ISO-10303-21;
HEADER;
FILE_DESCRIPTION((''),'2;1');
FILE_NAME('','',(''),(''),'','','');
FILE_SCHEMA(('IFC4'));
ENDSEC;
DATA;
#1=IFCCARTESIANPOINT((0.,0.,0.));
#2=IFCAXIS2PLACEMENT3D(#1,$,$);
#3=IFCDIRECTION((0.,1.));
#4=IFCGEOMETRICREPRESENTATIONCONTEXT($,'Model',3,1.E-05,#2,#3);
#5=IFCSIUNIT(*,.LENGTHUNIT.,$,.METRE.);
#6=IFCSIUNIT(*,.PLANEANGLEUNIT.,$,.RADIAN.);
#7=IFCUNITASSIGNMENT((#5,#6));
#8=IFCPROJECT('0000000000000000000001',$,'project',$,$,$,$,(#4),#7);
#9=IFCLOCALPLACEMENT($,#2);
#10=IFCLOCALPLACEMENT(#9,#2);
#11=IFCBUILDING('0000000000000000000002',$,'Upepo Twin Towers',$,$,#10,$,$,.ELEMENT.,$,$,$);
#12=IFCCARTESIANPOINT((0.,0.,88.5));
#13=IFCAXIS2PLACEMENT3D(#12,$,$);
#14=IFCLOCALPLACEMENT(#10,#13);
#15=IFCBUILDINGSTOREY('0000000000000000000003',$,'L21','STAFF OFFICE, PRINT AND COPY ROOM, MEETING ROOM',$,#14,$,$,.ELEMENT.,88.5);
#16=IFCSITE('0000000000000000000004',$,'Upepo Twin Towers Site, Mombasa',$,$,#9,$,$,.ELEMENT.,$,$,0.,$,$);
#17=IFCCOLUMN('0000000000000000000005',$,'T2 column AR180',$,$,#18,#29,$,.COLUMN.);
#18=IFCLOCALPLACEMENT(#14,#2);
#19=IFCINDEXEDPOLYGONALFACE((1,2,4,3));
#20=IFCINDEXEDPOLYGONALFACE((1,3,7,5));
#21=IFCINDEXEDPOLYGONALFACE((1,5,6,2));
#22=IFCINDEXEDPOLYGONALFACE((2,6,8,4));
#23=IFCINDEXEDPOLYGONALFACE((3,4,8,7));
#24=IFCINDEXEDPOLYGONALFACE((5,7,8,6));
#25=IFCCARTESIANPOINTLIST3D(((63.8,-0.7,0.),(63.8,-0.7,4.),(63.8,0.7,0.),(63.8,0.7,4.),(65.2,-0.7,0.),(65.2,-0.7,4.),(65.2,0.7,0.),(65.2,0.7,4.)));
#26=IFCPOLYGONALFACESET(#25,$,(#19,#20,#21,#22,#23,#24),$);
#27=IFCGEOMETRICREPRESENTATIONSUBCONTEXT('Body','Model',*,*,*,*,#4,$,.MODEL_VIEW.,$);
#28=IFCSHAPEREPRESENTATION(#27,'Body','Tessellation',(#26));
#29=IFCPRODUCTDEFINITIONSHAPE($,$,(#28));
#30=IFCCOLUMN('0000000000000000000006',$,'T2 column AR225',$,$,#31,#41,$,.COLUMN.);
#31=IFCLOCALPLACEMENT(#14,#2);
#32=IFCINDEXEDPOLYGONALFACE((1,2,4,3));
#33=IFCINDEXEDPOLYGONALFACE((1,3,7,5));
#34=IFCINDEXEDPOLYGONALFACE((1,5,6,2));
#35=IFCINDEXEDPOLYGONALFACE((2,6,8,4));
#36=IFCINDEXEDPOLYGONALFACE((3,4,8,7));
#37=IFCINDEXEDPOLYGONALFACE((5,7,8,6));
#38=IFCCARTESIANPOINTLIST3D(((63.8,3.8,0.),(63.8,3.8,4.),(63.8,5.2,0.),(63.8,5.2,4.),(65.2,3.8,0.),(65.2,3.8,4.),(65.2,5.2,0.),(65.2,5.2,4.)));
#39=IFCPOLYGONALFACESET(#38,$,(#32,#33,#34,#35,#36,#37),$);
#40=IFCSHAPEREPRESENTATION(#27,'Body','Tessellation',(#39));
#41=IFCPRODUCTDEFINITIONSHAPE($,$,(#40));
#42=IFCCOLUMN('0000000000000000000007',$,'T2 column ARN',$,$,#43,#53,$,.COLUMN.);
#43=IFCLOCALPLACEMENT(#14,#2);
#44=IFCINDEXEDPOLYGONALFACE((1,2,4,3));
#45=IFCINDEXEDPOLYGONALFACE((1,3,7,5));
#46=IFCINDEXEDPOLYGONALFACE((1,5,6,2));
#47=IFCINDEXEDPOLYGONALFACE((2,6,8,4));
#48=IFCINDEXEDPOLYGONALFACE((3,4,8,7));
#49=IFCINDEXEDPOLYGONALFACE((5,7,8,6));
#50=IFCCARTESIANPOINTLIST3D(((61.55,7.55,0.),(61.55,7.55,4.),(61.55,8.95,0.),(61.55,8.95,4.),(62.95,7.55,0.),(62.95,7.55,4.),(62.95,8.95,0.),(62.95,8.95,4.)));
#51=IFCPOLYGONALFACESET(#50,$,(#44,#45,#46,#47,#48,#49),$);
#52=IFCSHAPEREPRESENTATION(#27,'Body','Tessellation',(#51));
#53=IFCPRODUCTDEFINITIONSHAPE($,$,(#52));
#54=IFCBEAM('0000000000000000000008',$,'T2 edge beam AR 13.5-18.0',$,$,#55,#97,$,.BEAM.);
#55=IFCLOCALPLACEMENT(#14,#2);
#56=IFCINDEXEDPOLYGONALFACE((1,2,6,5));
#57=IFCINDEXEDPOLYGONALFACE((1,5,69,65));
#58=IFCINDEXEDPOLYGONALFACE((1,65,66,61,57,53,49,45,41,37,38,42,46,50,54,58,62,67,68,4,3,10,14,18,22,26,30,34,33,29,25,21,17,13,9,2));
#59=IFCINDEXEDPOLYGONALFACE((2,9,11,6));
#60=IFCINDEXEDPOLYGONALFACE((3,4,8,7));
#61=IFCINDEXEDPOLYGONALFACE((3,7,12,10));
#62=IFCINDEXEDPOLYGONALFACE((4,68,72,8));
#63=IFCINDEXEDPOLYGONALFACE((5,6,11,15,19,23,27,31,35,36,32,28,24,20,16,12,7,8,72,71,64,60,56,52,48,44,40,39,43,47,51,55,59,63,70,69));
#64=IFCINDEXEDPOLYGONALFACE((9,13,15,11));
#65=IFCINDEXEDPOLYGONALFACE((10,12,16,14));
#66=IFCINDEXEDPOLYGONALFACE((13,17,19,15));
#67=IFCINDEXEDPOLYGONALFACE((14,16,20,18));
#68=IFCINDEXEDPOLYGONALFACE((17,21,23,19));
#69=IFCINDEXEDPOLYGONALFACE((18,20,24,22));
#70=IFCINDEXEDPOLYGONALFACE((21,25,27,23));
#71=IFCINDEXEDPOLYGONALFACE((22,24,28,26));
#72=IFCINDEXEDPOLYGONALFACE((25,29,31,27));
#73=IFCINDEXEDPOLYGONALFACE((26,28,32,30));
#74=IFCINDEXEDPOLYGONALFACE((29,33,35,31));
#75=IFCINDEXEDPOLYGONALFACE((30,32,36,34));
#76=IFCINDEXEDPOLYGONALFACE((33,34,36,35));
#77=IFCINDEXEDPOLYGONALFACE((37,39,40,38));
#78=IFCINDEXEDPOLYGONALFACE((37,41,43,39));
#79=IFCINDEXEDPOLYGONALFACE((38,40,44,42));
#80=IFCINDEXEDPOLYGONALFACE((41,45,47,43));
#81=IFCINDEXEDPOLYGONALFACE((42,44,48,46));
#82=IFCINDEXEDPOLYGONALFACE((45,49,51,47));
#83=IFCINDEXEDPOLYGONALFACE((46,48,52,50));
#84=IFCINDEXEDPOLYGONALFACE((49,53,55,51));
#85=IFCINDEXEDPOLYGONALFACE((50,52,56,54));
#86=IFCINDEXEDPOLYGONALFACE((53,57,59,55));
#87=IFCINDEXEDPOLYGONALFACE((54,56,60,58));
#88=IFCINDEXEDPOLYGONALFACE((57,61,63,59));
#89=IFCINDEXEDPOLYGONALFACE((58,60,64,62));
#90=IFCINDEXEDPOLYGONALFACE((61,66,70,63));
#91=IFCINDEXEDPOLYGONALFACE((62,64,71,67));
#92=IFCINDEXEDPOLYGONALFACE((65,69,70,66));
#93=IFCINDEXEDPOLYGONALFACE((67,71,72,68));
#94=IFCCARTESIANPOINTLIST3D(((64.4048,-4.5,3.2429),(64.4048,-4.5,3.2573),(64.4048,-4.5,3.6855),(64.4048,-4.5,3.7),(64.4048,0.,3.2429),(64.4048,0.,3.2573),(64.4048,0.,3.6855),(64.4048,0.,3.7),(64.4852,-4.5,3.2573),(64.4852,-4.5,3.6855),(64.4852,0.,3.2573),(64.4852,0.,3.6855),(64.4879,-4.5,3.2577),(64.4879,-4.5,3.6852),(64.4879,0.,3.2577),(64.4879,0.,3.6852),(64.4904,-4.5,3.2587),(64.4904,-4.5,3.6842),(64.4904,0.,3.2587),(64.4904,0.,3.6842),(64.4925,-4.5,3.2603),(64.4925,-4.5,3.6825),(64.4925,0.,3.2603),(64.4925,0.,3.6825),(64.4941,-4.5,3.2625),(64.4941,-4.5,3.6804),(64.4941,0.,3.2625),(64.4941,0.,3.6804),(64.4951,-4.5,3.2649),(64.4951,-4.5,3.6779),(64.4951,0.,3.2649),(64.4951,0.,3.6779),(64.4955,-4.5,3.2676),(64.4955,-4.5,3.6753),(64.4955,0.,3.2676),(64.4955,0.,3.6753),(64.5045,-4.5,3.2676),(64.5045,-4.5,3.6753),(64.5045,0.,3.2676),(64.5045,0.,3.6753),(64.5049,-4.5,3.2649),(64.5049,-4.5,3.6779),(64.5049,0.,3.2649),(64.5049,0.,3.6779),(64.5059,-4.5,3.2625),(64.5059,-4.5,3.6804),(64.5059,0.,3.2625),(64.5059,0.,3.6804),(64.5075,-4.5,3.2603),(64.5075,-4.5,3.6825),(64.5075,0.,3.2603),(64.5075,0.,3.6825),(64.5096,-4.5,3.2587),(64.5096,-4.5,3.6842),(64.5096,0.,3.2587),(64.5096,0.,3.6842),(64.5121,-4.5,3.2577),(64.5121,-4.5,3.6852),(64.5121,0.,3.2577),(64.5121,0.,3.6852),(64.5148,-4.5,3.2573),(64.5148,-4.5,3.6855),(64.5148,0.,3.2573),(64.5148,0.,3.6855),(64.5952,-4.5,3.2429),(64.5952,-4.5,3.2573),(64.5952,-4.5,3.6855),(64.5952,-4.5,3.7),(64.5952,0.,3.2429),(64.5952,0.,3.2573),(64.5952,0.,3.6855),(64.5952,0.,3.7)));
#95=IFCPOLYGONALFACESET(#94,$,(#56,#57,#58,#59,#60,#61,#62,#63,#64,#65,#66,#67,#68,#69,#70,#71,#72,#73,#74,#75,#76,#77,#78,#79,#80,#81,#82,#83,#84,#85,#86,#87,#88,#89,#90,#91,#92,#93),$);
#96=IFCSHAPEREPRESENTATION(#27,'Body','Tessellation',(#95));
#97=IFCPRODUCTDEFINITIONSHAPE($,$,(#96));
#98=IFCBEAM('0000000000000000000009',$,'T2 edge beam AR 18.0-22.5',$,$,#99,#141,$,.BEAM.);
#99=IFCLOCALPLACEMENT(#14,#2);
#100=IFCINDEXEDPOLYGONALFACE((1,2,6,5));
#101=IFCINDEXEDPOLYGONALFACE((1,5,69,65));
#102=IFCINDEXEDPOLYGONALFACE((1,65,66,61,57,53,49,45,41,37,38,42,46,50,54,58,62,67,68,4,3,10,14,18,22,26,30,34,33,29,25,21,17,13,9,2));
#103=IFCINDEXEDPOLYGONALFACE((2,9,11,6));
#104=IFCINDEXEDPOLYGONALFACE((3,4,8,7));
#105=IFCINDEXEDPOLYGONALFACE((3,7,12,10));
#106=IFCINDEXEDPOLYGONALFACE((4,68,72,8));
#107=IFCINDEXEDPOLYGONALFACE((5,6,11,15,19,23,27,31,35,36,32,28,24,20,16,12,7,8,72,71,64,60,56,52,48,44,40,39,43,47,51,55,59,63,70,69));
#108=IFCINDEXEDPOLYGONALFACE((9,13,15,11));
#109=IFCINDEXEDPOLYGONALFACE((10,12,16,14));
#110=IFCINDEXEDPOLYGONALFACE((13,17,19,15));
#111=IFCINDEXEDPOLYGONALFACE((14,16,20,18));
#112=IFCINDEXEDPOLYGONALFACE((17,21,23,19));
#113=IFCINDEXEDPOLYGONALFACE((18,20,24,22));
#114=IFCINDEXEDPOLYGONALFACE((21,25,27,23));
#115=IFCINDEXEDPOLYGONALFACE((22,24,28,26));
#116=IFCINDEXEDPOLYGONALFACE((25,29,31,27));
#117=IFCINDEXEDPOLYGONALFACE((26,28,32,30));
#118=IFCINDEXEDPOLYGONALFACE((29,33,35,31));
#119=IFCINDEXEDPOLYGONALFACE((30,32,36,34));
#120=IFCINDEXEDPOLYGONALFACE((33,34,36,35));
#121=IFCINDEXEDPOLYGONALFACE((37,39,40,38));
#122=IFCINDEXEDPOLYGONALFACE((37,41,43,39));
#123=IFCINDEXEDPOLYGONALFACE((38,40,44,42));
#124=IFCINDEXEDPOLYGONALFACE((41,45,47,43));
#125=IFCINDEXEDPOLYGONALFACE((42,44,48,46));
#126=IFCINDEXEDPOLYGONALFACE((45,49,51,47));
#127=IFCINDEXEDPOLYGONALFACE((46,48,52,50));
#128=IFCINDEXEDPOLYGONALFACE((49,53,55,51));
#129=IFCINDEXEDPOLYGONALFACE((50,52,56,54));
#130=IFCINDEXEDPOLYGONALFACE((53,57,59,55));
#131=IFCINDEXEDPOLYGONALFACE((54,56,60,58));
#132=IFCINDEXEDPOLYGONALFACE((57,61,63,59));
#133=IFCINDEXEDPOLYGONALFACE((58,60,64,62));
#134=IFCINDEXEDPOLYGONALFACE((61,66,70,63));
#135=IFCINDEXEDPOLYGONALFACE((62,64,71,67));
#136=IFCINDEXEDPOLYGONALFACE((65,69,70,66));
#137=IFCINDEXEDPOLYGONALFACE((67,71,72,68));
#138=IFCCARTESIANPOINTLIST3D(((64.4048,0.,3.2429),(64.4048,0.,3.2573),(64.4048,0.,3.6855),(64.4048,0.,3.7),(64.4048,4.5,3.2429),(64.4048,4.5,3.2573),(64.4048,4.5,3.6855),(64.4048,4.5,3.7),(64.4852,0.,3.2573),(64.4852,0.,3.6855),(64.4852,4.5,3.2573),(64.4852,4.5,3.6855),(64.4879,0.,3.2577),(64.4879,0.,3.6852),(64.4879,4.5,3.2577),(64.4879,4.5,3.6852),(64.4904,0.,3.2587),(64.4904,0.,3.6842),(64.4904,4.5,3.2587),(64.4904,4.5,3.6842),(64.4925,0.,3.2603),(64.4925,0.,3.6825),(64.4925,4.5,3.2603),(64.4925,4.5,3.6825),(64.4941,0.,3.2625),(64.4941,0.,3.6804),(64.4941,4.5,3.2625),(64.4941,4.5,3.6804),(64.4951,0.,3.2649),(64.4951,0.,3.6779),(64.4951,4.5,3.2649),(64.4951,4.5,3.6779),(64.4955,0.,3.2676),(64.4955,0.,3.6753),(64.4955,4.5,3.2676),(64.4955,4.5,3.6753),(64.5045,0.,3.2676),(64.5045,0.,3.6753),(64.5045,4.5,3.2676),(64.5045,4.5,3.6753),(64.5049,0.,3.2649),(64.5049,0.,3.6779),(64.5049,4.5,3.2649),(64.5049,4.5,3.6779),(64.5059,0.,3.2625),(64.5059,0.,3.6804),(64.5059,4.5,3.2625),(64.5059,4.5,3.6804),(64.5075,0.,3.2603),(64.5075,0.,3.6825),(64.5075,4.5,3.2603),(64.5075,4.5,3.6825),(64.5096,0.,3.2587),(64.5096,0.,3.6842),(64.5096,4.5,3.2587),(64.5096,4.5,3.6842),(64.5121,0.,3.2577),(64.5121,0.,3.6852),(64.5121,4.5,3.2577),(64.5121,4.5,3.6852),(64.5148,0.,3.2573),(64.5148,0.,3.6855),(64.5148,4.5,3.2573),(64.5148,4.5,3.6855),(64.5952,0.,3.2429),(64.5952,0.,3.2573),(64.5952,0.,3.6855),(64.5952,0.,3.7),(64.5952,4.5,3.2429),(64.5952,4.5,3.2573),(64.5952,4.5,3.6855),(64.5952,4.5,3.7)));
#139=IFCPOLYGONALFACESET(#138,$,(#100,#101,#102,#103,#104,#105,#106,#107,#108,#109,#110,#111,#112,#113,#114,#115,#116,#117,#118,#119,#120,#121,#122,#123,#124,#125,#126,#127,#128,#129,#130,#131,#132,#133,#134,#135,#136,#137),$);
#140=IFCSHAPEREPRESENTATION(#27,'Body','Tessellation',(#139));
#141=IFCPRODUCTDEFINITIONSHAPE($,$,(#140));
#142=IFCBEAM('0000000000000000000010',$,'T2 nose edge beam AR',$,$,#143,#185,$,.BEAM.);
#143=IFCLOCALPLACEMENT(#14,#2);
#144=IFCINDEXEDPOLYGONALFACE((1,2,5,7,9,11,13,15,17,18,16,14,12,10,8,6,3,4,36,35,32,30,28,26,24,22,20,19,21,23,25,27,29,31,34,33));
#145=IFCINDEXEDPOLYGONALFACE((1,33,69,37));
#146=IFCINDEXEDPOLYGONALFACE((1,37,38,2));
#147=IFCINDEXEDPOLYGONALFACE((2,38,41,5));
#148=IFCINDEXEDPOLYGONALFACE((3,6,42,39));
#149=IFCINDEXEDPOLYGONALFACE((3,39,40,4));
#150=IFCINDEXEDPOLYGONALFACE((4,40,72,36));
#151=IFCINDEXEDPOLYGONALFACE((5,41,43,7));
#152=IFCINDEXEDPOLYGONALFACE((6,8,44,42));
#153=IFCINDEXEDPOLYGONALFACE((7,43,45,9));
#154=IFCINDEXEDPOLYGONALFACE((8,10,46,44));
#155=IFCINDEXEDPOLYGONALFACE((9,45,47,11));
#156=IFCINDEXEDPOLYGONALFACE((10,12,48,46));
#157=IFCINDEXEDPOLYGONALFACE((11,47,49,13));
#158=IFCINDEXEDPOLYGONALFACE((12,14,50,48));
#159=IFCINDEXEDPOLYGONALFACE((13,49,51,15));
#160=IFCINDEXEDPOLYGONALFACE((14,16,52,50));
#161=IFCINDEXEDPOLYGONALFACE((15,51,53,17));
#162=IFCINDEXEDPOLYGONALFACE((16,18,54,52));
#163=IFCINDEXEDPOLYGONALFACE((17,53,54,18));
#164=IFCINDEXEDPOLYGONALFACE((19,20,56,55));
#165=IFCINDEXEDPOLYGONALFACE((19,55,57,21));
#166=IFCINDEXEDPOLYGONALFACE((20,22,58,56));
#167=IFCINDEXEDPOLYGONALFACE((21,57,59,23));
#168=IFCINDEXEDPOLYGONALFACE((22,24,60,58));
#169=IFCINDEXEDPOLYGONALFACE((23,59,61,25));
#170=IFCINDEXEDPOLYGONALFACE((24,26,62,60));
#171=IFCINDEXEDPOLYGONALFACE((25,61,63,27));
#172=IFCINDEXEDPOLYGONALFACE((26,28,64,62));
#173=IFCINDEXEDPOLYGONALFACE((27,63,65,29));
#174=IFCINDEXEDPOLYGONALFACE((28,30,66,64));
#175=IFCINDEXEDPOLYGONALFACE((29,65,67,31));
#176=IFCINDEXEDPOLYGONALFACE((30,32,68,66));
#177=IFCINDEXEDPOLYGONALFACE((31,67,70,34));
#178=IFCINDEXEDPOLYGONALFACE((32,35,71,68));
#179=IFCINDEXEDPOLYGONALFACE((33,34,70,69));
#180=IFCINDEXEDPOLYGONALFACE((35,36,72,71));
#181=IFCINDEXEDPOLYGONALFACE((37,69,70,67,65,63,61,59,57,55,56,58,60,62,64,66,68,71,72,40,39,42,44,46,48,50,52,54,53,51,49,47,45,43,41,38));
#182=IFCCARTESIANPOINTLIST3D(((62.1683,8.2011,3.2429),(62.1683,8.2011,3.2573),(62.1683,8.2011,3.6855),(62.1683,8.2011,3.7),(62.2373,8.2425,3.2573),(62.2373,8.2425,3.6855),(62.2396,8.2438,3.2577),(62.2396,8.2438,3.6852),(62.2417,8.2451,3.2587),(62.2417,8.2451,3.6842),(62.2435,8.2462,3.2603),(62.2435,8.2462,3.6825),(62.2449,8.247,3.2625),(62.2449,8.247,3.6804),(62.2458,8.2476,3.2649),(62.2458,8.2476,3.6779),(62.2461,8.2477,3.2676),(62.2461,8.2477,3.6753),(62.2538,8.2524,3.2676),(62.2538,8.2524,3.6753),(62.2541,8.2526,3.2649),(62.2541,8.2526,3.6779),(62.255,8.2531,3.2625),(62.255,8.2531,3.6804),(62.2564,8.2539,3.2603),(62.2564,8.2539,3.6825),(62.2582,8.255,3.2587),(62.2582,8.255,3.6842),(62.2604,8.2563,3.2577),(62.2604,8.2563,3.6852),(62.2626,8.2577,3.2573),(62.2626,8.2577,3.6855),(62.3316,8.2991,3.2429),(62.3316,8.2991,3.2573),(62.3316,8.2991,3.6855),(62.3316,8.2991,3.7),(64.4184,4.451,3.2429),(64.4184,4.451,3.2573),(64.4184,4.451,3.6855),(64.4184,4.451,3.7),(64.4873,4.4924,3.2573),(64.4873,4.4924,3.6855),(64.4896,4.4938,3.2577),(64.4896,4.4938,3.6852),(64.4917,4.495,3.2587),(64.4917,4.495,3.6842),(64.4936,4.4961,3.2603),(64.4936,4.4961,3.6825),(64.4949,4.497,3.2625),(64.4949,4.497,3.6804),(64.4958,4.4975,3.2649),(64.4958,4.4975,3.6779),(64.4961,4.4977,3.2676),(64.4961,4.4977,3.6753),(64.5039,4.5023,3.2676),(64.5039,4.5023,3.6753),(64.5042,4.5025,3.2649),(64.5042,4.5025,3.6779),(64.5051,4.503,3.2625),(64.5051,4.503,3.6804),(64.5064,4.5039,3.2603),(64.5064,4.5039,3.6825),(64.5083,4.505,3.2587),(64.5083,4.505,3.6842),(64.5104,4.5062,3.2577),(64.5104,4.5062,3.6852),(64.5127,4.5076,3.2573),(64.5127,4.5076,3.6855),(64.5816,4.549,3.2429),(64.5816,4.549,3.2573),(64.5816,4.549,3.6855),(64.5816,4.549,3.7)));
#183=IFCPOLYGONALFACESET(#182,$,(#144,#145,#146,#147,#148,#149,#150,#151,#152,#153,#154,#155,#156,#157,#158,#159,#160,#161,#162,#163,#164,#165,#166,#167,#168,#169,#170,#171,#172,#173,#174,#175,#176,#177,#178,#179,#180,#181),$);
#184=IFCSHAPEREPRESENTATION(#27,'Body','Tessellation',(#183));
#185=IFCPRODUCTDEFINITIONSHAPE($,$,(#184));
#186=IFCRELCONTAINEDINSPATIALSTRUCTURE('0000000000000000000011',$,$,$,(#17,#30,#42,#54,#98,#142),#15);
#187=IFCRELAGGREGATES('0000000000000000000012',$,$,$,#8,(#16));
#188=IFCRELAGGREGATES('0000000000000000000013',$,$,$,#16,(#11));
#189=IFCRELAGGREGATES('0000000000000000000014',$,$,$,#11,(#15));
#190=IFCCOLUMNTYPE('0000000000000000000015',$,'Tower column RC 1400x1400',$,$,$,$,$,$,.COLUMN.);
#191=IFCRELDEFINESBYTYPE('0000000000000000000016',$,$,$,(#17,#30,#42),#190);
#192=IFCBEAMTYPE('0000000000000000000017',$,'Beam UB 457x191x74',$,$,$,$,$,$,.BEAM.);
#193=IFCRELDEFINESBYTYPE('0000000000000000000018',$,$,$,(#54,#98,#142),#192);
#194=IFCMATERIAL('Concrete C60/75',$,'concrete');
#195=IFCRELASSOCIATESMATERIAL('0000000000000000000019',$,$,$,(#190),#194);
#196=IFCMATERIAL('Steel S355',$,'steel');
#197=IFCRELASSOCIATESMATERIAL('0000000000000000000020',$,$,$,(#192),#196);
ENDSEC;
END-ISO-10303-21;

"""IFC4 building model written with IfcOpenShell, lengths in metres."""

from ifc_helpers import new_model, si_unit, direction, frame, origin, origin_2d, place, context, subcontext, project, spatial, rectangle, i_section, extrude, material, material_profile, profile_set, type_object, element, save


model = new_model("IFC4")

# Units and contexts
model_context = context("Model", 3, precision=1e-05, world=origin(), true_north=direction((0.0, 1.0)))
body_context = subcontext(model_context, "Body", "Model", "MODEL_VIEW")
ifc_project = project(units=[si_unit("LENGTHUNIT", "METRE"), si_unit("PLANEANGLEUNIT", "RADIAN")], contexts=[model_context])

# Site, building, storey
site_placement = place(None, origin())
site = spatial("IfcSite", under=ifc_project, at=site_placement, Name="Upepo Twin Towers Site, Mombasa", CompositionType="ELEMENT", RefElevation=0.0)
building_placement = place(site_placement, origin())
building = spatial("IfcBuilding", under=site, at=building_placement, Name="Upepo Twin Towers", CompositionType="ELEMENT")
storey_placement = place(building_placement, frame((0.0, 0.0, 88.5)))
storey = spatial("IfcBuildingStorey", under=building, at=storey_placement, Name="L21", Description="STAFF OFFICE, PRINT AND COPY ROOM, MEETING ROOM", CompositionType="ELEMENT", Elevation=88.5)

# Columns
ifc_material_1 = material(Name="Concrete C60/75", Category="concrete")
ifc_material_profile_1 = material_profile(ifc_material_1, rectangle(XDim=1.3999, YDim=1.3999, at=origin_2d()), Name="RC 1400x1400")
ifc_profile_set_1 = profile_set([ifc_material_profile_1], Name="Concrete C60/75")
column_type = type_object("IfcColumnType", Name="Tower column RC 1400x1400", PredefinedType="COLUMN", material=ifc_profile_set_1)
for number, where, z_axis, x_axis, name in (
    (1, (64.5, 0.0, 0.0), (0.0, 0.0, 1.0), (1.0, 0.0, 0.0), "T2 column AR180"),
    (2, (64.5, 4.5, 0.0), (0.0, 0.0, 1.0), (1.0, 0.0, 0.0), "T2 column AR225"),
    (3, (62.25, 8.25, 0.0), (0.0, 0.0, 1.0), (1.0, 0.0, 0.0), "T2 column ARN"),
):
    element("IfcColumn", number, at=place(storey_placement, frame(where, z_axis=z_axis, x_axis=x_axis)), inside=storey, type_object=column_type, Name=name, PredefinedType="COLUMN", context=body_context, shape_type="SweptSolid", body=[
        extrude(rectangle(XDim=1.3999, YDim=1.3999, at=origin_2d()), origin(), (0.0, 0.0, 1.0), 4.0),
    ])

# Beams
ifc_material_2 = material(Name="Steel S355", Category="steel")
ifc_material_profile_2 = material_profile(ifc_material_2, i_section(OverallWidth=0.1904, OverallDepth=0.457, WebThickness=0.009, FlangeThickness=0.0144, FilletRadius=0.0103, at=origin_2d()), Name="UB 457x191x74")
ifc_profile_set_2 = profile_set([ifc_material_profile_2], Name="Steel S355")
beam_type_1 = type_object("IfcBeamType", Name="Beam UB 457x191x74", PredefinedType="BEAM", material=ifc_profile_set_2)
for number, where, z_axis, x_axis, name in (
    (4, (64.5, -4.5, 3.4714), (0.0, 1.0, 0.0), (-1.0, 0.0, 0.0), "T2 edge beam AR 13.5-18.0"),
    (5, (64.5, 0.0, 3.4714), (0.0, 1.0, 0.0), (-1.0, 0.0, 0.0), "T2 edge beam AR 18.0-22.5"),
):
    element("IfcBeam", number, at=place(storey_placement, frame(where, z_axis=z_axis, x_axis=x_axis)), inside=storey, type_object=beam_type_1, Name=name, PredefinedType="BEAM", context=body_context, shape_type="SweptSolid", body=[
        extrude(i_section(OverallWidth=0.1904, OverallDepth=0.457, WebThickness=0.009, FlangeThickness=0.0144, FilletRadius=0.0103, at=origin_2d()), origin(), (0.0, 0.0, 1.0), 4.5),
    ])
beam_1_placement = place(storey_placement, frame((64.5, 4.5, 3.4714), z_axis=(-0.514496, 0.857493, 0.0), x_axis=(-0.857493, -0.514496, 0.0)))
element("IfcBeam", 6, at=beam_1_placement, inside=storey, type_object=beam_type_1, Name="T2 nose edge beam AR", PredefinedType="BEAM", context=body_context, shape_type="SweptSolid", body=[
    extrude(i_section(OverallWidth=0.1904, OverallDepth=0.457, WebThickness=0.009, FlangeThickness=0.0144, FilletRadius=0.0103, at=origin_2d()), origin(), (0.0, 0.0, 1.0), 4.3733),
])

save(model, "model.ifc")
